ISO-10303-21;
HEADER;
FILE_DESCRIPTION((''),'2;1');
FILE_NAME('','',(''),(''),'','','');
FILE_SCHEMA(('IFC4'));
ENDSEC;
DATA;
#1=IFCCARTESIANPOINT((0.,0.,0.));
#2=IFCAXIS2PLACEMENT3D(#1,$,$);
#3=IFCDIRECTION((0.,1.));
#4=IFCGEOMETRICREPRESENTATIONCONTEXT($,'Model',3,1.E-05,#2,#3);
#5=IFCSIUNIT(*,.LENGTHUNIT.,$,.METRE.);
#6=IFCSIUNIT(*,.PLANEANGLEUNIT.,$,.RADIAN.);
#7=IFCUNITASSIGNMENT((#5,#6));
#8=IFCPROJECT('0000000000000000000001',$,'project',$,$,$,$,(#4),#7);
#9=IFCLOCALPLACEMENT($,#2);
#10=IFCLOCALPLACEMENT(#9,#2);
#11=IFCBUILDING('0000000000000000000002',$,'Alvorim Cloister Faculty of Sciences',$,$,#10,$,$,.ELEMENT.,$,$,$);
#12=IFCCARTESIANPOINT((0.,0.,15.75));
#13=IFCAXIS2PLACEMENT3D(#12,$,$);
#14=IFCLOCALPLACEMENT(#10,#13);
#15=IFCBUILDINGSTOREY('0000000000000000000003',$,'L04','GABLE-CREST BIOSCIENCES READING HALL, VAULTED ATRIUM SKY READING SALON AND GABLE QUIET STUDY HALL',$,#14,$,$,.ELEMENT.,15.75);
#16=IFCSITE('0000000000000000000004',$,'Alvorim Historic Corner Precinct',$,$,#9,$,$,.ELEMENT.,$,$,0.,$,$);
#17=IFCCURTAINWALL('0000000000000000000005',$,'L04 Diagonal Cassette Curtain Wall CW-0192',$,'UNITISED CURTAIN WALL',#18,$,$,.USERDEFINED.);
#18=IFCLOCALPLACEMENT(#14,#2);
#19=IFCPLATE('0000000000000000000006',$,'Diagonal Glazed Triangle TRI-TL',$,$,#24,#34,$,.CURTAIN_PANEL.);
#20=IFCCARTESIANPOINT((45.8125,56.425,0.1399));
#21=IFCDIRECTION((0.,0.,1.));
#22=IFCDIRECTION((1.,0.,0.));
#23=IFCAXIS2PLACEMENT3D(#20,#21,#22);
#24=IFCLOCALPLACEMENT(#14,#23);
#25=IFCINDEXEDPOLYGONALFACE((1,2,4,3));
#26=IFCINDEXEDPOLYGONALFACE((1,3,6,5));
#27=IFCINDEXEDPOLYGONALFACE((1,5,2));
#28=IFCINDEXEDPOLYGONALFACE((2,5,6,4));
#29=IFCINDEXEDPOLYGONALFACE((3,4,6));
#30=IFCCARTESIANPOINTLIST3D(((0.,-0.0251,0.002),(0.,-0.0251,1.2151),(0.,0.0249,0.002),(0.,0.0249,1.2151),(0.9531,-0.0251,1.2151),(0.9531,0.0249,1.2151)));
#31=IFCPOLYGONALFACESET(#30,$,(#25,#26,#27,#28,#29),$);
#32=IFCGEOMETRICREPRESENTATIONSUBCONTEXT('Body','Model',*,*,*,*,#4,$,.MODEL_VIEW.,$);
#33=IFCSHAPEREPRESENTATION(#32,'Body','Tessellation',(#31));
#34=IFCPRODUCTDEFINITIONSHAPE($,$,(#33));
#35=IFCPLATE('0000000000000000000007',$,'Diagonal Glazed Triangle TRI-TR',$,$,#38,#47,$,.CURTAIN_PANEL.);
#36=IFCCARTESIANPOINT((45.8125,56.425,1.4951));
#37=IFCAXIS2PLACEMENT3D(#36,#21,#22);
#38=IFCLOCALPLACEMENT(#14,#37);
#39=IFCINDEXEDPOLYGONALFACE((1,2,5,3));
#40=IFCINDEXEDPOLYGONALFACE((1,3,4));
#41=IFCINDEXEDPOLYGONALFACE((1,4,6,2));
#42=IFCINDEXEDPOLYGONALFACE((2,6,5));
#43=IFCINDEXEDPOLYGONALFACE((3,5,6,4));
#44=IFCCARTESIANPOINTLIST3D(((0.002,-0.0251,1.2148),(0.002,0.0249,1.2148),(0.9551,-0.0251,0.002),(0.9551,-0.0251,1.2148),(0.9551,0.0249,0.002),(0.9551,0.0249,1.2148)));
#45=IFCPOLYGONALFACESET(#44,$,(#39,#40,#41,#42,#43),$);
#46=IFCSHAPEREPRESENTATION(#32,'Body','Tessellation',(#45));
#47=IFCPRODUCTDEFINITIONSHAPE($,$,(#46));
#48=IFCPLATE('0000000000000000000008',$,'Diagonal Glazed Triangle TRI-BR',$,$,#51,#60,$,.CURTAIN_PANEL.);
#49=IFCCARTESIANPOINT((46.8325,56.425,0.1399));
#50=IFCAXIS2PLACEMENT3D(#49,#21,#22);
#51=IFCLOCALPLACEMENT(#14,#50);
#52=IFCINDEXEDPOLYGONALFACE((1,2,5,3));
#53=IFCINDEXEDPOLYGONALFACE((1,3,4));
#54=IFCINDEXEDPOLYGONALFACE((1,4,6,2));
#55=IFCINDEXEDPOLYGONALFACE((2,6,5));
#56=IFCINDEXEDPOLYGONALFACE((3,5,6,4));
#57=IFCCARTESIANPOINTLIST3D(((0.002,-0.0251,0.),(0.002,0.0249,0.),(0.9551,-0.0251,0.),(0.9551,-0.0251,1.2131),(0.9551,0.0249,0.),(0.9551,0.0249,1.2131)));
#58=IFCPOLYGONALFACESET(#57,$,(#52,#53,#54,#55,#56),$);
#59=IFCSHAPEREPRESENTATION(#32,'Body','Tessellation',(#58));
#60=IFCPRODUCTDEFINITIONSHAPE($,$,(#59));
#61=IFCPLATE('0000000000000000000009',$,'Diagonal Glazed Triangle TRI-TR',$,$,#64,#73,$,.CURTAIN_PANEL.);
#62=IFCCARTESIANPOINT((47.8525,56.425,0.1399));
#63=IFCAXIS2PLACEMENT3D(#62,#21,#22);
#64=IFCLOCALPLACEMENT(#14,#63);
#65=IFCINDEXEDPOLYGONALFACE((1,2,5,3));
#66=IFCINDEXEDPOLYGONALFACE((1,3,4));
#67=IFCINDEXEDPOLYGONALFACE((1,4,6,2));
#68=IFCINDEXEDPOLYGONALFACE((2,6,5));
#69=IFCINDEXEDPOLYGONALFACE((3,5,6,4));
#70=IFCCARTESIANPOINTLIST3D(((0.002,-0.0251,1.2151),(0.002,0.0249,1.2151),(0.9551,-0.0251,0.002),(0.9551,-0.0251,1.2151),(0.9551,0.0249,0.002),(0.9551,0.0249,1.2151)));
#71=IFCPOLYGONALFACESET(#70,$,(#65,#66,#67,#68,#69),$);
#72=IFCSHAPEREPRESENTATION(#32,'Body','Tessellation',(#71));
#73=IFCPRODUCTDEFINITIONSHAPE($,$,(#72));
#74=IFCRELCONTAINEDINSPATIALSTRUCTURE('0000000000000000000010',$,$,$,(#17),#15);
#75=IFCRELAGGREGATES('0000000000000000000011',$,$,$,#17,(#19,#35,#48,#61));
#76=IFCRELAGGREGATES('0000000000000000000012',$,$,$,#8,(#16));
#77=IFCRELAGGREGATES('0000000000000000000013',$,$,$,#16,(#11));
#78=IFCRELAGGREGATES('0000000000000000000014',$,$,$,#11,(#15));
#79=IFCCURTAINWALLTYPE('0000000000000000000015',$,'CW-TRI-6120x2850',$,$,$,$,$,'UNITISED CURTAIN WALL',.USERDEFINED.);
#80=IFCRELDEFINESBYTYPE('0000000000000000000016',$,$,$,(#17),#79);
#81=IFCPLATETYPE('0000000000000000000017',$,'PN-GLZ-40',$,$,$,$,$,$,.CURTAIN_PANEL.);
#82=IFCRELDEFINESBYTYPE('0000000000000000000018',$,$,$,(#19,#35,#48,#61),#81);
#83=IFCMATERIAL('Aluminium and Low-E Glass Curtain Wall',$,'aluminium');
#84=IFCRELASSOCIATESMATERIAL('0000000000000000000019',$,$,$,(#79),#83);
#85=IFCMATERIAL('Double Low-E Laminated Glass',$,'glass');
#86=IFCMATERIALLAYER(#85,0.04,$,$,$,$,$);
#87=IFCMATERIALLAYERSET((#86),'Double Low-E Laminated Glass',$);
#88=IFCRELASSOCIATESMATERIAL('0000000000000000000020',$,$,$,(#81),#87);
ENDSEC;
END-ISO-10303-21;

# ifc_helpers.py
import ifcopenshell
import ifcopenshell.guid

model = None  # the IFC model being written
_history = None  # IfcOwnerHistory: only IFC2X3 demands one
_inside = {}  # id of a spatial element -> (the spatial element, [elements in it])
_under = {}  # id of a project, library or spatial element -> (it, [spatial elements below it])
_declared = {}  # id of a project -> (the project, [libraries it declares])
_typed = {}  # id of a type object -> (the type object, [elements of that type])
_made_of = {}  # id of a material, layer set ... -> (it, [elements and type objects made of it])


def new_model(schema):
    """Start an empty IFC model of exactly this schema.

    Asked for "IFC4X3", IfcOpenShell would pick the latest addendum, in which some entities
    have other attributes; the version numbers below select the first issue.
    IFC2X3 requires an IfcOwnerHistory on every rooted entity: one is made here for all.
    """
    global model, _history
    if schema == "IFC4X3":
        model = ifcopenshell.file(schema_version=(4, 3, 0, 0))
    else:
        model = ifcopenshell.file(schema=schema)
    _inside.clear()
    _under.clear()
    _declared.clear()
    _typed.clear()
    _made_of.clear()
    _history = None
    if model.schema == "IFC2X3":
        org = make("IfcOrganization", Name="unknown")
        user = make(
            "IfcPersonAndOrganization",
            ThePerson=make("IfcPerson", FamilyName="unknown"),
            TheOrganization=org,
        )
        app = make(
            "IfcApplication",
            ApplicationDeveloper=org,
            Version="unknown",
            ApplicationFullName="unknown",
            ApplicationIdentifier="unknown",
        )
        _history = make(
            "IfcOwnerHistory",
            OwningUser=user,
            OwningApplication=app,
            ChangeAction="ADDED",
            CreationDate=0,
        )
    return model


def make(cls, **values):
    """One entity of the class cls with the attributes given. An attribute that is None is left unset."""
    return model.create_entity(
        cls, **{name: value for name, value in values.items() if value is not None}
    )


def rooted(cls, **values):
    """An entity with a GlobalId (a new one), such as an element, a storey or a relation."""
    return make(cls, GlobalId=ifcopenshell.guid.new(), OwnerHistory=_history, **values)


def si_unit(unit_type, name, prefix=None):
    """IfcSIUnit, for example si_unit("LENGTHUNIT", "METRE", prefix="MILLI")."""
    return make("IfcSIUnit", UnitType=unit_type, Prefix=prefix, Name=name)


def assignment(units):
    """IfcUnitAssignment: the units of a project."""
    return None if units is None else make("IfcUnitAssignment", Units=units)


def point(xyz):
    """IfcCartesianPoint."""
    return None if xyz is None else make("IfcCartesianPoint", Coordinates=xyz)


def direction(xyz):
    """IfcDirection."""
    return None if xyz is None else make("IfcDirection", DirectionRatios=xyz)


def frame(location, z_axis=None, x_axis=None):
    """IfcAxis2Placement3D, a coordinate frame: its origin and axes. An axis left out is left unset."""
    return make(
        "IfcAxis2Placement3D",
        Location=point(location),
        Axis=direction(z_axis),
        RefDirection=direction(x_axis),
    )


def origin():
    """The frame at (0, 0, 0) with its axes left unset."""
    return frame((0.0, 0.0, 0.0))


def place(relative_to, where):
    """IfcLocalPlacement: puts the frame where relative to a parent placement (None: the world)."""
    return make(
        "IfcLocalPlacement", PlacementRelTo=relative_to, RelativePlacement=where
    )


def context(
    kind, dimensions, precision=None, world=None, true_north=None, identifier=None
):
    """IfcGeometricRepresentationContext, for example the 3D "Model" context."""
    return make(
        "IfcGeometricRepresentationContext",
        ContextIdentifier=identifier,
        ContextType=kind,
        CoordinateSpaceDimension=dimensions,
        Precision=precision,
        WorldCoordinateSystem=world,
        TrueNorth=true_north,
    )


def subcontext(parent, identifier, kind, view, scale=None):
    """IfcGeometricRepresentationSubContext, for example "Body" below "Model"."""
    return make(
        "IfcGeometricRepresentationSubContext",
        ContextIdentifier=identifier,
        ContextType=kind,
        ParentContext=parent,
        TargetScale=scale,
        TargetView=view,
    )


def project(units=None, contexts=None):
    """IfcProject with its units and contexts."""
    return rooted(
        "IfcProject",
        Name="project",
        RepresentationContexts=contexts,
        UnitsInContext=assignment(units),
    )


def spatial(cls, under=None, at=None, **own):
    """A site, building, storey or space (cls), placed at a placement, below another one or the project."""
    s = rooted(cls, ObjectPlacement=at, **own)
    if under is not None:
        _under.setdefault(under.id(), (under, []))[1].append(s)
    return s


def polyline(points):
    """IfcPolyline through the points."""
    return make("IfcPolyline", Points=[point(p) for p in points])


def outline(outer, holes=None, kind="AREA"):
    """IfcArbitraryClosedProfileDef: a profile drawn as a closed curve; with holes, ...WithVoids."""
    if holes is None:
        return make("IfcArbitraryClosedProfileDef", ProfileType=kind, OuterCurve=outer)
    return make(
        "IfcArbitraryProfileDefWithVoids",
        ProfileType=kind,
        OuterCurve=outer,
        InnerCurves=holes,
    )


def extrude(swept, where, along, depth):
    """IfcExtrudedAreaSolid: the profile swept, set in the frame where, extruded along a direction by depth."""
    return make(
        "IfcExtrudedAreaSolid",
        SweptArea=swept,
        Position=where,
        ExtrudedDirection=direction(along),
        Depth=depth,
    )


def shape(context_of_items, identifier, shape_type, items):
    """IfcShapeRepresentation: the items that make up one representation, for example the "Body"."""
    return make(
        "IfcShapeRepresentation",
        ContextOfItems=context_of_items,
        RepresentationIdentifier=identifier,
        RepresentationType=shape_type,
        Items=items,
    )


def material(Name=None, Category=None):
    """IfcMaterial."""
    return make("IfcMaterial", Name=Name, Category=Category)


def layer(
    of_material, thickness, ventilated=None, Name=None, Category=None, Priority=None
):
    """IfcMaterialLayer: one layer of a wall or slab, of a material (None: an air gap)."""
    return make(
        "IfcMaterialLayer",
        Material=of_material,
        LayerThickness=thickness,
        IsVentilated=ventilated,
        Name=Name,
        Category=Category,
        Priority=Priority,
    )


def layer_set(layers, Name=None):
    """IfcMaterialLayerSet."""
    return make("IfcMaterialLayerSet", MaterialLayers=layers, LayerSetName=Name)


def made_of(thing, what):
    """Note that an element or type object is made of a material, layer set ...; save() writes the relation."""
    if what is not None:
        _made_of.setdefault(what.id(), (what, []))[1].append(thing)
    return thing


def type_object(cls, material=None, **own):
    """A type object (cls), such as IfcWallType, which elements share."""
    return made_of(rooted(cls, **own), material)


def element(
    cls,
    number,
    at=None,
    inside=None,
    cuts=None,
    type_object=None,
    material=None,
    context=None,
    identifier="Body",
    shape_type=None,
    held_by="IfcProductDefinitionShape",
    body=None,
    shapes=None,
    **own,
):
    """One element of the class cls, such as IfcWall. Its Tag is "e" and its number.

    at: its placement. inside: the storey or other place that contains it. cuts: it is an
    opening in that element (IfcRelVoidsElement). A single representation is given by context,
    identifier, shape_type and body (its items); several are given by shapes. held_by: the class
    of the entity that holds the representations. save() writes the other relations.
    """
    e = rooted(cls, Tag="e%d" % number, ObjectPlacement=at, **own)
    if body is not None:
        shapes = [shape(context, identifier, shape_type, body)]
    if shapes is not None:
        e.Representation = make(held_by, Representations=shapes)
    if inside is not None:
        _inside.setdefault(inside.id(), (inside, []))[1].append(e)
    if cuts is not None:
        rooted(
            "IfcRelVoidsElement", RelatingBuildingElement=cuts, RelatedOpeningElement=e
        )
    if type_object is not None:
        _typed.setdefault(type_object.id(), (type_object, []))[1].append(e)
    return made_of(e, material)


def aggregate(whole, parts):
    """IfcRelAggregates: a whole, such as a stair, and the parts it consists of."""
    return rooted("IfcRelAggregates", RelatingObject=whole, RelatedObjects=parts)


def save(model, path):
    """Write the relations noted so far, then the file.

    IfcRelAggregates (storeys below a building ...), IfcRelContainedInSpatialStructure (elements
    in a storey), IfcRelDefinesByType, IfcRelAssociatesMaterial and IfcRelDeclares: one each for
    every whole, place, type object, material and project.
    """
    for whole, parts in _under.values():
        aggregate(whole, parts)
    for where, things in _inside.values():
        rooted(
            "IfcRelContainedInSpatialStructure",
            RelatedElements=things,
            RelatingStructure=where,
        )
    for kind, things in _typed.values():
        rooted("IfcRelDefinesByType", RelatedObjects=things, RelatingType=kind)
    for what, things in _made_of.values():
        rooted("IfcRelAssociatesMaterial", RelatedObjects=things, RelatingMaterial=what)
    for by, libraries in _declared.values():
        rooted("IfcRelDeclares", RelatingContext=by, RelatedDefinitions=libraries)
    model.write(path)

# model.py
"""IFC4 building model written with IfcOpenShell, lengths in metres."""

from ifc_helpers import new_model, si_unit, direction, frame, origin, place, context, subcontext, project, spatial, polyline, outline, extrude, material, layer, layer_set, type_object, element, aggregate, save


model = new_model("IFC4")

# Units and contexts
model_context = context("Model", 3, precision=1e-05, world=origin(), true_north=direction((0.0, 1.0)))
body_context = subcontext(model_context, "Body", "Model", "MODEL_VIEW")
ifc_project = project(units=[si_unit("LENGTHUNIT", "METRE"), si_unit("PLANEANGLEUNIT", "RADIAN")], contexts=[model_context])

# Site, building, storey
site_placement = place(None, origin())
site = spatial("IfcSite", under=ifc_project, at=site_placement, Name="Alvorim Historic Corner Precinct", CompositionType="ELEMENT", RefElevation=0.0)
building_placement = place(site_placement, origin())
building = spatial("IfcBuilding", under=site, at=building_placement, Name="Alvorim Cloister Faculty of Sciences", CompositionType="ELEMENT")
storey_placement = place(building_placement, frame((0.0, 0.0, 15.75)))
storey = spatial("IfcBuildingStorey", under=building, at=storey_placement, Name="L04", Description="GABLE-CREST BIOSCIENCES READING HALL, VAULTED ATRIUM SKY READING SALON AND GABLE QUIET STUDY HALL", CompositionType="ELEMENT", Elevation=15.75)

# Curtain wall, plates
ifc_material_1 = material(Name="Aluminium and Low-E Glass Curtain Wall", Category="aluminium")
curtain_wall_type = type_object("IfcCurtainWallType", Name="CW-TRI-6120x2850", ElementType="UNITISED CURTAIN WALL", PredefinedType="USERDEFINED", material=ifc_material_1)
curtain_wall_placement = place(storey_placement, origin())
curtain_wall = element("IfcCurtainWall", 1, at=curtain_wall_placement, inside=storey, type_object=curtain_wall_type, Name="L04 Diagonal Cassette Curtain Wall CW-0192", ObjectType="UNITISED CURTAIN WALL", PredefinedType="USERDEFINED")
ifc_material_2 = material(Name="Double Low-E Laminated Glass", Category="glass")
ifc_layer = layer(ifc_material_2, 0.04)
ifc_layer_set = layer_set([ifc_layer], Name="Double Low-E Laminated Glass")
plate_type = type_object("IfcPlateType", Name="PN-GLZ-40", PredefinedType="CURTAIN_PANEL", material=ifc_layer_set)
plate_1_placement = place(storey_placement, frame((45.8125, 56.425, 0.1399), z_axis=(0.0, 0.0, 1.0), x_axis=(1.0, 0.0, 0.0)))
plate_1 = element("IfcPlate", 2, at=plate_1_placement, type_object=plate_type, Name="Diagonal Glazed Triangle TRI-TL", PredefinedType="CURTAIN_PANEL", context=body_context, shape_type="SweptSolid", body=[
    extrude(outline(polyline([(0.9531, 1.2151), (0.0, 1.2151), (0.0, 0.002), (0.9531, 1.2151)])), frame((0.0, 0.0249, 0.0), z_axis=(0.0, -1.0, 0.0), x_axis=(1.0, 0.0, 0.0)), (0.0, 0.0, 1.0), 0.05),
])
plate_2_placement = place(storey_placement, frame((45.8125, 56.425, 1.4951), z_axis=(0.0, 0.0, 1.0), x_axis=(1.0, 0.0, 0.0)))
plate_2 = element("IfcPlate", 3, at=plate_2_placement, type_object=plate_type, Name="Diagonal Glazed Triangle TRI-TR", PredefinedType="CURTAIN_PANEL", context=body_context, shape_type="SweptSolid", body=[
    extrude(outline(polyline([(0.9551, 0.002), (0.9551, 1.2148), (0.002, 1.2148), (0.9551, 0.002)])), frame((0.0, 0.0249, 0.0), z_axis=(0.0, -1.0, 0.0), x_axis=(1.0, 0.0, 0.0)), (0.0, 0.0, 1.0), 0.05),
])
plate_3_placement = place(storey_placement, frame((46.8325, 56.425, 0.1399), z_axis=(0.0, 0.0, 1.0), x_axis=(1.0, 0.0, 0.0)))
plate_3 = element("IfcPlate", 4, at=plate_3_placement, type_object=plate_type, Name="Diagonal Glazed Triangle TRI-BR", PredefinedType="CURTAIN_PANEL", context=body_context, shape_type="SweptSolid", body=[
    extrude(outline(polyline([(0.002, 0.0), (0.9551, 0.0), (0.9551, 1.2131), (0.002, 0.0)])), frame((0.0, 0.0249, 0.0), z_axis=(0.0, -1.0, 0.0), x_axis=(1.0, 0.0, 0.0)), (0.0, 0.0, 1.0), 0.05),
])
plate_4_placement = place(storey_placement, frame((47.8525, 56.425, 0.1399), z_axis=(0.0, 0.0, 1.0), x_axis=(1.0, 0.0, 0.0)))
plate_4 = element("IfcPlate", 5, at=plate_4_placement, type_object=plate_type, Name="Diagonal Glazed Triangle TRI-TR", PredefinedType="CURTAIN_PANEL", context=body_context, shape_type="SweptSolid", body=[
    extrude(outline(polyline([(0.9551, 0.002), (0.9551, 1.2151), (0.002, 1.2151), (0.9551, 0.002)])), frame((0.0, 0.0249, 0.0), z_axis=(0.0, -1.0, 0.0), x_axis=(1.0, 0.0, 0.0)), (0.0, 0.0, 1.0), 0.05),
])
aggregate(curtain_wall, [plate_1, plate_2, plate_3, plate_4])

save(model, "model.ifc")
